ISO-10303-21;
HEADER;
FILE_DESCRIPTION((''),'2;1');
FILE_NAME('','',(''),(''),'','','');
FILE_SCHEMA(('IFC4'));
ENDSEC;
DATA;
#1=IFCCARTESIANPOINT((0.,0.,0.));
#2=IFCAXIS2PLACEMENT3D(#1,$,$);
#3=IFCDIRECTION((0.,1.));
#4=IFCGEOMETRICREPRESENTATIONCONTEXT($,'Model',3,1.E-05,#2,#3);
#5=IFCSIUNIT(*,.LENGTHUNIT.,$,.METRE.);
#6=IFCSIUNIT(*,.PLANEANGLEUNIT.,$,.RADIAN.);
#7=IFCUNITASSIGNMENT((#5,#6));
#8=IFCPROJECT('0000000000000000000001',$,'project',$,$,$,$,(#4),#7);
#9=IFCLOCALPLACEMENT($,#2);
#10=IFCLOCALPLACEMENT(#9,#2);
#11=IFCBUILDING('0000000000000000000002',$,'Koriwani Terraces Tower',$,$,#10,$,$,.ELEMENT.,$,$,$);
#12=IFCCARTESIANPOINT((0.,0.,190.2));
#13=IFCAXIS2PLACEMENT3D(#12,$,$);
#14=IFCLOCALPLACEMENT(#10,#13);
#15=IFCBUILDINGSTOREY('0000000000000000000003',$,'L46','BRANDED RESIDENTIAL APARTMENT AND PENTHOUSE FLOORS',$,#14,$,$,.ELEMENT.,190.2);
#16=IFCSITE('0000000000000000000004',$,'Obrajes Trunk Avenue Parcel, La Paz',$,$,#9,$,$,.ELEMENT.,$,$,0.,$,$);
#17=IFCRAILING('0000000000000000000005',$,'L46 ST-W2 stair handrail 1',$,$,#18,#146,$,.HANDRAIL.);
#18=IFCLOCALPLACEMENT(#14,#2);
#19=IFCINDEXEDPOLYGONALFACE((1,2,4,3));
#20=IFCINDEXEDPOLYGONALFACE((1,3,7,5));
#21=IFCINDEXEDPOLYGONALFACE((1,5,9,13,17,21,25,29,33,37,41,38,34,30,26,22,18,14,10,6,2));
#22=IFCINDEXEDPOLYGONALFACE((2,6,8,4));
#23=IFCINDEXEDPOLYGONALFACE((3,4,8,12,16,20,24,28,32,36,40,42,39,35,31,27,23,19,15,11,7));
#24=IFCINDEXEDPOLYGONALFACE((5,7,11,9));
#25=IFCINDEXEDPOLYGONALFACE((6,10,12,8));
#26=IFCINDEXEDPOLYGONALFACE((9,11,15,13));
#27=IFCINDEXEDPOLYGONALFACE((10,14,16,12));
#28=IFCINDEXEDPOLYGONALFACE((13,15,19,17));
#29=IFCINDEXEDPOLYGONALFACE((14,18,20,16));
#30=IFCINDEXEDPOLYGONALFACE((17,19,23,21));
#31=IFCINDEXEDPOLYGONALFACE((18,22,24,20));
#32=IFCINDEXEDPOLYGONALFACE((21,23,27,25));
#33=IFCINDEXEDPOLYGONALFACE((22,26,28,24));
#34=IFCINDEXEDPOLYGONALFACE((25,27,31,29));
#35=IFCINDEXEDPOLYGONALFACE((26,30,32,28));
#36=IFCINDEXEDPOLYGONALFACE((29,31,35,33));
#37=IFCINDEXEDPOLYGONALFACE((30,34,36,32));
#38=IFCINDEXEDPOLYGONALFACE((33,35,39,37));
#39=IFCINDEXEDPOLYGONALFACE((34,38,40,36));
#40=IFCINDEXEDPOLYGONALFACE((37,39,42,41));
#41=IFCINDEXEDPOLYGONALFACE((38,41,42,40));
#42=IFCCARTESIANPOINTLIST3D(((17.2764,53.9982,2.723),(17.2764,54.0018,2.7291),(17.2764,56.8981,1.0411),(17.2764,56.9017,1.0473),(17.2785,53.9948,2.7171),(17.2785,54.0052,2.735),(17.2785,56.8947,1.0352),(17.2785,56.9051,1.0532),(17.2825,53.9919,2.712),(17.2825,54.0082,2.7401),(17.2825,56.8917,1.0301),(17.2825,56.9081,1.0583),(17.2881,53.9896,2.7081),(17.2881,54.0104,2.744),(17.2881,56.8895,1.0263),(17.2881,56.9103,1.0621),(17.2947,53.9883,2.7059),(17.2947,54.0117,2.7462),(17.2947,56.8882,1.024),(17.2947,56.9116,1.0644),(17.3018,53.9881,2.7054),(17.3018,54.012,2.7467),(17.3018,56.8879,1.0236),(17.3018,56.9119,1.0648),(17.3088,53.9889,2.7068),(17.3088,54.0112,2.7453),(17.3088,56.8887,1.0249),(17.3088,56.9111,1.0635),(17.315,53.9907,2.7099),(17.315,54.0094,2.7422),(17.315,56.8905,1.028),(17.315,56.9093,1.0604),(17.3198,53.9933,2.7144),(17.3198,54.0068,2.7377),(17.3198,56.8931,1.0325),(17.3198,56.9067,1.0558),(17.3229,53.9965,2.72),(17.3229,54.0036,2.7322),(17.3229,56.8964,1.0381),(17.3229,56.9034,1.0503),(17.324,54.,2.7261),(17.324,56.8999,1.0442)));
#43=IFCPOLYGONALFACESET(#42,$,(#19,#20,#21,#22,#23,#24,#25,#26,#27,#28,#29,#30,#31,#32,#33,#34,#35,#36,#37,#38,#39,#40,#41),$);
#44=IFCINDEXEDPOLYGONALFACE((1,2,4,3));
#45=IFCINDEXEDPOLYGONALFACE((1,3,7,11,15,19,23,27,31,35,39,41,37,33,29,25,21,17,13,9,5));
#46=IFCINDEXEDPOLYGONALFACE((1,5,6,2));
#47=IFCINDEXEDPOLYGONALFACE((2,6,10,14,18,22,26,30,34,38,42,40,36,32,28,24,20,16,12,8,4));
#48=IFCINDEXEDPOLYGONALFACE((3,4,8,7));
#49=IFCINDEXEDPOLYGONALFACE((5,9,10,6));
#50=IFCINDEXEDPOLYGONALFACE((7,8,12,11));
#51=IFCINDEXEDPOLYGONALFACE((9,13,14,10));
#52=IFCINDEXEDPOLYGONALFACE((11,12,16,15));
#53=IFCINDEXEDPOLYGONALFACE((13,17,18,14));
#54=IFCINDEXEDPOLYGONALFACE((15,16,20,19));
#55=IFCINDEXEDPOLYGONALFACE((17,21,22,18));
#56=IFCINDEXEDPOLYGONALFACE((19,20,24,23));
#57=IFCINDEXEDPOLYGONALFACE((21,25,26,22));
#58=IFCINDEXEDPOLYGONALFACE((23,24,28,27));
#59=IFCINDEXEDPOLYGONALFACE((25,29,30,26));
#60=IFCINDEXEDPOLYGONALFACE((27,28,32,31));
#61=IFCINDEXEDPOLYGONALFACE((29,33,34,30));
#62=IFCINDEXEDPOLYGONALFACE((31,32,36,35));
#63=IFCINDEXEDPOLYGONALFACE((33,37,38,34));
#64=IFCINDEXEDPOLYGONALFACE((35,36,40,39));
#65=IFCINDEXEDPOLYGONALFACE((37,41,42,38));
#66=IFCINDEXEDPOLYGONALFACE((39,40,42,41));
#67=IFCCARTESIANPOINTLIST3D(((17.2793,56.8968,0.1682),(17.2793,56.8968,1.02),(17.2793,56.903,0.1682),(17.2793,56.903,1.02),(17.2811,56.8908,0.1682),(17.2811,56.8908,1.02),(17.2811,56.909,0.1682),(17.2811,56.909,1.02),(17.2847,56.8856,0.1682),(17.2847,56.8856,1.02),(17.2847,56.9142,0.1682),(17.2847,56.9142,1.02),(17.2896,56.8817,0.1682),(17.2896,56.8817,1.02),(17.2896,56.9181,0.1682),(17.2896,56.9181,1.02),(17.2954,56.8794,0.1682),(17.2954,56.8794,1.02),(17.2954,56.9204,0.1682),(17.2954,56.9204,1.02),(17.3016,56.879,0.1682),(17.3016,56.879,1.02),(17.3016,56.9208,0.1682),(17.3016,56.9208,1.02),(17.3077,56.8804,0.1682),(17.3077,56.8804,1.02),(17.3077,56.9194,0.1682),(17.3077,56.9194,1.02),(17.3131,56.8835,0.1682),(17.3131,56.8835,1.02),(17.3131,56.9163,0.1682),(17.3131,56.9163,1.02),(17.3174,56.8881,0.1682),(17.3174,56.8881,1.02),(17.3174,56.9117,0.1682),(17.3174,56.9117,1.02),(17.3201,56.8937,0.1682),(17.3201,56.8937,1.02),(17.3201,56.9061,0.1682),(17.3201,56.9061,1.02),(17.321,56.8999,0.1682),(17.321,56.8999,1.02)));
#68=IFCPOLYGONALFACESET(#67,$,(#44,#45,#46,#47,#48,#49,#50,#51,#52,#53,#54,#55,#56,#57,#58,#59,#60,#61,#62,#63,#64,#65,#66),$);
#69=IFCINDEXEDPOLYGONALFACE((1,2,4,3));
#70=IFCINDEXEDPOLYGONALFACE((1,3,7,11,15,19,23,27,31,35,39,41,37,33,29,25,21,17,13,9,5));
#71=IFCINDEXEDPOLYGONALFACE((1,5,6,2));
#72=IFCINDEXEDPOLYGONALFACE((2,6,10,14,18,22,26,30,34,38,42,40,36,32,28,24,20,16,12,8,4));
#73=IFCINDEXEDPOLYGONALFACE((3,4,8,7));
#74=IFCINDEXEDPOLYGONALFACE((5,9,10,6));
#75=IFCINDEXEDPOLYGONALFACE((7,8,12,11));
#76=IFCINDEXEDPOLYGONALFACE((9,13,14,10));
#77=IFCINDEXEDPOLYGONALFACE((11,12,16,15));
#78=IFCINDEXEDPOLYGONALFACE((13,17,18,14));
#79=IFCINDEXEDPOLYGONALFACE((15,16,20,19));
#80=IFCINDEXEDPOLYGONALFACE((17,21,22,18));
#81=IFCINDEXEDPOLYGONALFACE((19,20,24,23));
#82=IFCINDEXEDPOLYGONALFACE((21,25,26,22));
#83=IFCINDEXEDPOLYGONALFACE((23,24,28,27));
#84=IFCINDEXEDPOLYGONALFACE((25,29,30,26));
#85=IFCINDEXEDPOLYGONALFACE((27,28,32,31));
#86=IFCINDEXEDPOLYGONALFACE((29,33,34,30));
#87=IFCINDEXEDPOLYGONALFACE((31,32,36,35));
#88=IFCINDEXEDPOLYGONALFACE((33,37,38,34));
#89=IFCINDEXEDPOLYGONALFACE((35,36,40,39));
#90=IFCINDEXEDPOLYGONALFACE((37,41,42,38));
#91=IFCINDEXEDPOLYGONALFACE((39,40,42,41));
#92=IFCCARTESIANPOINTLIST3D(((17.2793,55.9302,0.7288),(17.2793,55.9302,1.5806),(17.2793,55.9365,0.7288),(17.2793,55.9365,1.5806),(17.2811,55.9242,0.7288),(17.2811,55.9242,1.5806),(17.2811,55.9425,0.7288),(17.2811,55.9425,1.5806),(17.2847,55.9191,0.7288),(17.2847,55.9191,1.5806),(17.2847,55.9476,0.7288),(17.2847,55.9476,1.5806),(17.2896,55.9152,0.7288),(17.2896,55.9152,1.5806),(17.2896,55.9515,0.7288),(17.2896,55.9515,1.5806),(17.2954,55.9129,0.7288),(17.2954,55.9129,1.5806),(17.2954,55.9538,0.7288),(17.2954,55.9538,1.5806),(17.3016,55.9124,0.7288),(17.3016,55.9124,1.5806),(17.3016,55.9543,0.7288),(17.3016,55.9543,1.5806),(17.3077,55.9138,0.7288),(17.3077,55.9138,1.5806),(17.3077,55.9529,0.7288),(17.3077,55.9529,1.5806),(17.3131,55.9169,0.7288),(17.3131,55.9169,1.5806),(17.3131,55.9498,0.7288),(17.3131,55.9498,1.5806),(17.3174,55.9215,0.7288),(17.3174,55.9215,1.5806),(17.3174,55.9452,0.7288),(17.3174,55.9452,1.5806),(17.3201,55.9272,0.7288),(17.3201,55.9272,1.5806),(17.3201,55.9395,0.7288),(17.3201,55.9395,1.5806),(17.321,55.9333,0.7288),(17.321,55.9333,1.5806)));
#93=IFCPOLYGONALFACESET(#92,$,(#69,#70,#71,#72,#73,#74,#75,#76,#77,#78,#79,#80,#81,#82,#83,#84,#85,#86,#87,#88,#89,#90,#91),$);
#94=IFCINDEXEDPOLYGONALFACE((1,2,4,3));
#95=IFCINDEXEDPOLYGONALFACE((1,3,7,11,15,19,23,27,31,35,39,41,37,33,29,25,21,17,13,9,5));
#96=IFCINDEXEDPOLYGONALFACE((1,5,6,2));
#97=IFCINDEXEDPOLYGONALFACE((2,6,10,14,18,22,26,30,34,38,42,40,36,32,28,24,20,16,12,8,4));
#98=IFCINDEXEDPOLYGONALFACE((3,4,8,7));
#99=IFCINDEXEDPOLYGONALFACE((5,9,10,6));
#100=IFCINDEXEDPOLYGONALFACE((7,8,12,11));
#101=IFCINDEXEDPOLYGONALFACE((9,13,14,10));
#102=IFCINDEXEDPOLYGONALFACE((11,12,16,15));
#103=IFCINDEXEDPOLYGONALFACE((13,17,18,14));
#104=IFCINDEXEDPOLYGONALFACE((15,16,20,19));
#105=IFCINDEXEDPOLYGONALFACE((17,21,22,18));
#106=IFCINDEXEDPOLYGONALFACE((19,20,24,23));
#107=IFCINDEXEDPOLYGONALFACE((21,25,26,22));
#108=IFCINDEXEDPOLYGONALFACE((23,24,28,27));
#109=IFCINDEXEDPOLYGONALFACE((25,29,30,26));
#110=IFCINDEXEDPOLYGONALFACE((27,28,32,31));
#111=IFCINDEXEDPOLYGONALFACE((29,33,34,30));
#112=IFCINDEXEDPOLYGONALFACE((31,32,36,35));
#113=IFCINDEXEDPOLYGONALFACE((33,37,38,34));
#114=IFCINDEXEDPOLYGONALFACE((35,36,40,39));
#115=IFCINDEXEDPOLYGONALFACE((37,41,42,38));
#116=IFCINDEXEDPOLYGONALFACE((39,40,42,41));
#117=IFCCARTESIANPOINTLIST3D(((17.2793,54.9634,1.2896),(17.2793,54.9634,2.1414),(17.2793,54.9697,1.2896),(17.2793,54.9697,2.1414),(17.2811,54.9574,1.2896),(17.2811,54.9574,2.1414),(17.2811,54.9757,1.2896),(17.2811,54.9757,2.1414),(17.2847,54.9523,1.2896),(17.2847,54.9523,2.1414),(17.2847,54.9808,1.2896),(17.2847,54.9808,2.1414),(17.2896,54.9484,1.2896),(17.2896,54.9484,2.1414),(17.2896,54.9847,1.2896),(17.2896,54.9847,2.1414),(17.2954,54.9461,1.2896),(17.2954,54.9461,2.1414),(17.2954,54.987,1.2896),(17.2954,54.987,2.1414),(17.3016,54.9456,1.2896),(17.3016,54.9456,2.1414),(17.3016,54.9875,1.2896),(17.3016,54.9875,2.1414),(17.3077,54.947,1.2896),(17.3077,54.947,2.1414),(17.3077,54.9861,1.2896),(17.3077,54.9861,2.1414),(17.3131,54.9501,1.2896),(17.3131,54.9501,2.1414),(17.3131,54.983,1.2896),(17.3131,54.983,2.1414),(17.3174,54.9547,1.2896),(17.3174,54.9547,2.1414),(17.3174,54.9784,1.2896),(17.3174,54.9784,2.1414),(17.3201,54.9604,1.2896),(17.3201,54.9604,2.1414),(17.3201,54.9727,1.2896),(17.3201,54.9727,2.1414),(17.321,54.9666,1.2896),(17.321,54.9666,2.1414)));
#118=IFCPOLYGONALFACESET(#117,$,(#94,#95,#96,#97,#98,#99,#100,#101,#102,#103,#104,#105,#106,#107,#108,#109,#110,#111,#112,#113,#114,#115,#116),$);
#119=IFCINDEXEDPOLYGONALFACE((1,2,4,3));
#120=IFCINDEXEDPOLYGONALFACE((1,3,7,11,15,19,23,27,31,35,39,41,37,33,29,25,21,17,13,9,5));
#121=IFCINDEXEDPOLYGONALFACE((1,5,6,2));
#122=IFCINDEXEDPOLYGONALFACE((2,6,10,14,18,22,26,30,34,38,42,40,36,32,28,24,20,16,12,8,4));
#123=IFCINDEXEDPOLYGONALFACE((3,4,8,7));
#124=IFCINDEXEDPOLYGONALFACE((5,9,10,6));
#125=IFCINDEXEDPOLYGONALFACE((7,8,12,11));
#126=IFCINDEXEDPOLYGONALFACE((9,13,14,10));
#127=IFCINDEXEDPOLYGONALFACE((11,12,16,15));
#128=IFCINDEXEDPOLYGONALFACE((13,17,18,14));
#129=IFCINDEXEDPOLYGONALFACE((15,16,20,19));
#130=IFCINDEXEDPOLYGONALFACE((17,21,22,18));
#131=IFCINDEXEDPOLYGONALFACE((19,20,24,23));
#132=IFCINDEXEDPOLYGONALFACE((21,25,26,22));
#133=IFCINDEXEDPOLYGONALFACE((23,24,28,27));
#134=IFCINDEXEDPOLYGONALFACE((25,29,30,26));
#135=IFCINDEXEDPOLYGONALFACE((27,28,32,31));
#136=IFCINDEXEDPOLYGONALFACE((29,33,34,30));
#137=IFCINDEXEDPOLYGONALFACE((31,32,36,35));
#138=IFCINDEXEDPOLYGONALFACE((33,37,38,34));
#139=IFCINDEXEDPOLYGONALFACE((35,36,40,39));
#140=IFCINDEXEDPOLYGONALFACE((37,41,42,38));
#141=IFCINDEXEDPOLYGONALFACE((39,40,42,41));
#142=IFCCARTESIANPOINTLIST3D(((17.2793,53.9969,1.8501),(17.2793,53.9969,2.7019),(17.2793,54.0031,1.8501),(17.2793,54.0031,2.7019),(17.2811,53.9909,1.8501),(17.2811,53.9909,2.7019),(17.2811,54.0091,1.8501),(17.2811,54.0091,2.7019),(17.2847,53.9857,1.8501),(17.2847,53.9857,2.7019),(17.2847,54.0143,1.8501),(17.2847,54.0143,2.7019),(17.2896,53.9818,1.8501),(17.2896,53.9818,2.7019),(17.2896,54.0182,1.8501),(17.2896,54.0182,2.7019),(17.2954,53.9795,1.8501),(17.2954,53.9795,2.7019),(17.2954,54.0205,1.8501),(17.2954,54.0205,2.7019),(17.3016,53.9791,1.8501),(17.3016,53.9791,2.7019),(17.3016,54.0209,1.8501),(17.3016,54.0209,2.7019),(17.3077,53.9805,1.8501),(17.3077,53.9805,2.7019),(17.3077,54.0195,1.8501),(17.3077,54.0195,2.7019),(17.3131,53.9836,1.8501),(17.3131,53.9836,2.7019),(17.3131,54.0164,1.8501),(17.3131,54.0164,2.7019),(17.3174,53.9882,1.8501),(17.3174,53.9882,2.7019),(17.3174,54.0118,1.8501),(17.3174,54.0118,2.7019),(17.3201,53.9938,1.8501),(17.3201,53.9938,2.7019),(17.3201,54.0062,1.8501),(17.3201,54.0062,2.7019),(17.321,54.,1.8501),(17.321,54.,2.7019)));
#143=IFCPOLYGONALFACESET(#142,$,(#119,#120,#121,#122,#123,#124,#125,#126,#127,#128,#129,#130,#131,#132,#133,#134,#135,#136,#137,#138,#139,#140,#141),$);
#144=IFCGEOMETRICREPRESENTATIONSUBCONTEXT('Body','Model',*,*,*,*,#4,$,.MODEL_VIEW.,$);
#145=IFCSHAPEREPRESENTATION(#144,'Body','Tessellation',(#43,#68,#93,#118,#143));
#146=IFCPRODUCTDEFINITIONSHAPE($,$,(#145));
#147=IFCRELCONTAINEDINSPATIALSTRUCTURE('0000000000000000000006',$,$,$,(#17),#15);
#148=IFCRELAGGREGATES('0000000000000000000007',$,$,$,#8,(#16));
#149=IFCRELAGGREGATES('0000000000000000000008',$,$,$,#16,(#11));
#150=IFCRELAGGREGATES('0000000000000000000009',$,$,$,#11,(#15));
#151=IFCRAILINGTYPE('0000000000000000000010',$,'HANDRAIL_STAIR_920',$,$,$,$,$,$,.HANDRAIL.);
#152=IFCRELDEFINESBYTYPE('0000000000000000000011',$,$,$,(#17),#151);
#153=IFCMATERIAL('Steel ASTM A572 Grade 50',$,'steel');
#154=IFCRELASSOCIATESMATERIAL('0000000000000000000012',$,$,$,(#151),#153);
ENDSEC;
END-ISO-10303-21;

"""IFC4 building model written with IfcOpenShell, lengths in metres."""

from ifc_helpers import new_model, si_unit, direction, frame, origin, origin_2d, place, context, subcontext, project, spatial, circle, extrude, material, type_object, element, save


model = new_model("IFC4")

# Units and contexts
model_context = context("Model", 3, precision=1e-05, world=origin(), true_north=direction((0.0, 1.0)))
body_context = subcontext(model_context, "Body", "Model", "MODEL_VIEW")
ifc_project = project(units=[si_unit("LENGTHUNIT", "METRE"), si_unit("PLANEANGLEUNIT", "RADIAN")], contexts=[model_context])

# Site, building, storey
site_placement = place(None, origin())
site = spatial("IfcSite", under=ifc_project, at=site_placement, Name="Obrajes Trunk Avenue Parcel, La Paz", CompositionType="ELEMENT", RefElevation=0.0)
building_placement = place(site_placement, origin())
building = spatial("IfcBuilding", under=site, at=building_placement, Name="Koriwani Terraces Tower", CompositionType="ELEMENT")
storey_placement = place(building_placement, frame((0.0, 0.0, 190.2)))
storey = spatial("IfcBuildingStorey", under=building, at=storey_placement, Name="L46", Description="BRANDED RESIDENTIAL APARTMENT AND PENTHOUSE FLOORS", CompositionType="ELEMENT", Elevation=190.2)

# Shared definitions
ifc_material_1 = material(Name="Steel ASTM A572 Grade 50", Category="steel")

# Railing
railing_type = type_object("IfcRailingType", Name="HANDRAIL_STAIR_920", PredefinedType="HANDRAIL", material=ifc_material_1)
railing_1_placement = place(storey_placement, frame((17.3, 56.8999, 0.1682)))
element("IfcRailing", 1, at=railing_1_placement, inside=storey, type_object=railing_type, Name="L46 ST-W2 stair handrail 1", PredefinedType="HANDRAIL", context=body_context, shape_type="SweptSolid", body=[
    extrude(circle(Radius=0.0239, at=origin_2d()), frame((0.0, 0.0, 0.876), z_axis=(0.0, -0.865039, 0.501705), x_axis=(1.0, 0.0, 0.0)), (0.0, 0.0, 1.0), 3.3523),
    extrude(circle(Radius=0.021, at=origin_2d()), origin(), (0.0, 0.0, 1.0), 0.8518),
    extrude(circle(Radius=0.021, at=origin_2d()), frame((0.0, -0.9666, 0.5605)), (0.0, 0.0, 1.0), 0.8518),
    extrude(circle(Radius=0.021, at=origin_2d()), frame((0.0, -1.9333, 1.1213)), (0.0, 0.0, 1.0), 0.8518),
    extrude(circle(Radius=0.021, at=origin_2d()), frame((0.0, -2.8999, 1.6819)), (0.0, 0.0, 1.0), 0.8518),
])

save(model, "model.ifc")
